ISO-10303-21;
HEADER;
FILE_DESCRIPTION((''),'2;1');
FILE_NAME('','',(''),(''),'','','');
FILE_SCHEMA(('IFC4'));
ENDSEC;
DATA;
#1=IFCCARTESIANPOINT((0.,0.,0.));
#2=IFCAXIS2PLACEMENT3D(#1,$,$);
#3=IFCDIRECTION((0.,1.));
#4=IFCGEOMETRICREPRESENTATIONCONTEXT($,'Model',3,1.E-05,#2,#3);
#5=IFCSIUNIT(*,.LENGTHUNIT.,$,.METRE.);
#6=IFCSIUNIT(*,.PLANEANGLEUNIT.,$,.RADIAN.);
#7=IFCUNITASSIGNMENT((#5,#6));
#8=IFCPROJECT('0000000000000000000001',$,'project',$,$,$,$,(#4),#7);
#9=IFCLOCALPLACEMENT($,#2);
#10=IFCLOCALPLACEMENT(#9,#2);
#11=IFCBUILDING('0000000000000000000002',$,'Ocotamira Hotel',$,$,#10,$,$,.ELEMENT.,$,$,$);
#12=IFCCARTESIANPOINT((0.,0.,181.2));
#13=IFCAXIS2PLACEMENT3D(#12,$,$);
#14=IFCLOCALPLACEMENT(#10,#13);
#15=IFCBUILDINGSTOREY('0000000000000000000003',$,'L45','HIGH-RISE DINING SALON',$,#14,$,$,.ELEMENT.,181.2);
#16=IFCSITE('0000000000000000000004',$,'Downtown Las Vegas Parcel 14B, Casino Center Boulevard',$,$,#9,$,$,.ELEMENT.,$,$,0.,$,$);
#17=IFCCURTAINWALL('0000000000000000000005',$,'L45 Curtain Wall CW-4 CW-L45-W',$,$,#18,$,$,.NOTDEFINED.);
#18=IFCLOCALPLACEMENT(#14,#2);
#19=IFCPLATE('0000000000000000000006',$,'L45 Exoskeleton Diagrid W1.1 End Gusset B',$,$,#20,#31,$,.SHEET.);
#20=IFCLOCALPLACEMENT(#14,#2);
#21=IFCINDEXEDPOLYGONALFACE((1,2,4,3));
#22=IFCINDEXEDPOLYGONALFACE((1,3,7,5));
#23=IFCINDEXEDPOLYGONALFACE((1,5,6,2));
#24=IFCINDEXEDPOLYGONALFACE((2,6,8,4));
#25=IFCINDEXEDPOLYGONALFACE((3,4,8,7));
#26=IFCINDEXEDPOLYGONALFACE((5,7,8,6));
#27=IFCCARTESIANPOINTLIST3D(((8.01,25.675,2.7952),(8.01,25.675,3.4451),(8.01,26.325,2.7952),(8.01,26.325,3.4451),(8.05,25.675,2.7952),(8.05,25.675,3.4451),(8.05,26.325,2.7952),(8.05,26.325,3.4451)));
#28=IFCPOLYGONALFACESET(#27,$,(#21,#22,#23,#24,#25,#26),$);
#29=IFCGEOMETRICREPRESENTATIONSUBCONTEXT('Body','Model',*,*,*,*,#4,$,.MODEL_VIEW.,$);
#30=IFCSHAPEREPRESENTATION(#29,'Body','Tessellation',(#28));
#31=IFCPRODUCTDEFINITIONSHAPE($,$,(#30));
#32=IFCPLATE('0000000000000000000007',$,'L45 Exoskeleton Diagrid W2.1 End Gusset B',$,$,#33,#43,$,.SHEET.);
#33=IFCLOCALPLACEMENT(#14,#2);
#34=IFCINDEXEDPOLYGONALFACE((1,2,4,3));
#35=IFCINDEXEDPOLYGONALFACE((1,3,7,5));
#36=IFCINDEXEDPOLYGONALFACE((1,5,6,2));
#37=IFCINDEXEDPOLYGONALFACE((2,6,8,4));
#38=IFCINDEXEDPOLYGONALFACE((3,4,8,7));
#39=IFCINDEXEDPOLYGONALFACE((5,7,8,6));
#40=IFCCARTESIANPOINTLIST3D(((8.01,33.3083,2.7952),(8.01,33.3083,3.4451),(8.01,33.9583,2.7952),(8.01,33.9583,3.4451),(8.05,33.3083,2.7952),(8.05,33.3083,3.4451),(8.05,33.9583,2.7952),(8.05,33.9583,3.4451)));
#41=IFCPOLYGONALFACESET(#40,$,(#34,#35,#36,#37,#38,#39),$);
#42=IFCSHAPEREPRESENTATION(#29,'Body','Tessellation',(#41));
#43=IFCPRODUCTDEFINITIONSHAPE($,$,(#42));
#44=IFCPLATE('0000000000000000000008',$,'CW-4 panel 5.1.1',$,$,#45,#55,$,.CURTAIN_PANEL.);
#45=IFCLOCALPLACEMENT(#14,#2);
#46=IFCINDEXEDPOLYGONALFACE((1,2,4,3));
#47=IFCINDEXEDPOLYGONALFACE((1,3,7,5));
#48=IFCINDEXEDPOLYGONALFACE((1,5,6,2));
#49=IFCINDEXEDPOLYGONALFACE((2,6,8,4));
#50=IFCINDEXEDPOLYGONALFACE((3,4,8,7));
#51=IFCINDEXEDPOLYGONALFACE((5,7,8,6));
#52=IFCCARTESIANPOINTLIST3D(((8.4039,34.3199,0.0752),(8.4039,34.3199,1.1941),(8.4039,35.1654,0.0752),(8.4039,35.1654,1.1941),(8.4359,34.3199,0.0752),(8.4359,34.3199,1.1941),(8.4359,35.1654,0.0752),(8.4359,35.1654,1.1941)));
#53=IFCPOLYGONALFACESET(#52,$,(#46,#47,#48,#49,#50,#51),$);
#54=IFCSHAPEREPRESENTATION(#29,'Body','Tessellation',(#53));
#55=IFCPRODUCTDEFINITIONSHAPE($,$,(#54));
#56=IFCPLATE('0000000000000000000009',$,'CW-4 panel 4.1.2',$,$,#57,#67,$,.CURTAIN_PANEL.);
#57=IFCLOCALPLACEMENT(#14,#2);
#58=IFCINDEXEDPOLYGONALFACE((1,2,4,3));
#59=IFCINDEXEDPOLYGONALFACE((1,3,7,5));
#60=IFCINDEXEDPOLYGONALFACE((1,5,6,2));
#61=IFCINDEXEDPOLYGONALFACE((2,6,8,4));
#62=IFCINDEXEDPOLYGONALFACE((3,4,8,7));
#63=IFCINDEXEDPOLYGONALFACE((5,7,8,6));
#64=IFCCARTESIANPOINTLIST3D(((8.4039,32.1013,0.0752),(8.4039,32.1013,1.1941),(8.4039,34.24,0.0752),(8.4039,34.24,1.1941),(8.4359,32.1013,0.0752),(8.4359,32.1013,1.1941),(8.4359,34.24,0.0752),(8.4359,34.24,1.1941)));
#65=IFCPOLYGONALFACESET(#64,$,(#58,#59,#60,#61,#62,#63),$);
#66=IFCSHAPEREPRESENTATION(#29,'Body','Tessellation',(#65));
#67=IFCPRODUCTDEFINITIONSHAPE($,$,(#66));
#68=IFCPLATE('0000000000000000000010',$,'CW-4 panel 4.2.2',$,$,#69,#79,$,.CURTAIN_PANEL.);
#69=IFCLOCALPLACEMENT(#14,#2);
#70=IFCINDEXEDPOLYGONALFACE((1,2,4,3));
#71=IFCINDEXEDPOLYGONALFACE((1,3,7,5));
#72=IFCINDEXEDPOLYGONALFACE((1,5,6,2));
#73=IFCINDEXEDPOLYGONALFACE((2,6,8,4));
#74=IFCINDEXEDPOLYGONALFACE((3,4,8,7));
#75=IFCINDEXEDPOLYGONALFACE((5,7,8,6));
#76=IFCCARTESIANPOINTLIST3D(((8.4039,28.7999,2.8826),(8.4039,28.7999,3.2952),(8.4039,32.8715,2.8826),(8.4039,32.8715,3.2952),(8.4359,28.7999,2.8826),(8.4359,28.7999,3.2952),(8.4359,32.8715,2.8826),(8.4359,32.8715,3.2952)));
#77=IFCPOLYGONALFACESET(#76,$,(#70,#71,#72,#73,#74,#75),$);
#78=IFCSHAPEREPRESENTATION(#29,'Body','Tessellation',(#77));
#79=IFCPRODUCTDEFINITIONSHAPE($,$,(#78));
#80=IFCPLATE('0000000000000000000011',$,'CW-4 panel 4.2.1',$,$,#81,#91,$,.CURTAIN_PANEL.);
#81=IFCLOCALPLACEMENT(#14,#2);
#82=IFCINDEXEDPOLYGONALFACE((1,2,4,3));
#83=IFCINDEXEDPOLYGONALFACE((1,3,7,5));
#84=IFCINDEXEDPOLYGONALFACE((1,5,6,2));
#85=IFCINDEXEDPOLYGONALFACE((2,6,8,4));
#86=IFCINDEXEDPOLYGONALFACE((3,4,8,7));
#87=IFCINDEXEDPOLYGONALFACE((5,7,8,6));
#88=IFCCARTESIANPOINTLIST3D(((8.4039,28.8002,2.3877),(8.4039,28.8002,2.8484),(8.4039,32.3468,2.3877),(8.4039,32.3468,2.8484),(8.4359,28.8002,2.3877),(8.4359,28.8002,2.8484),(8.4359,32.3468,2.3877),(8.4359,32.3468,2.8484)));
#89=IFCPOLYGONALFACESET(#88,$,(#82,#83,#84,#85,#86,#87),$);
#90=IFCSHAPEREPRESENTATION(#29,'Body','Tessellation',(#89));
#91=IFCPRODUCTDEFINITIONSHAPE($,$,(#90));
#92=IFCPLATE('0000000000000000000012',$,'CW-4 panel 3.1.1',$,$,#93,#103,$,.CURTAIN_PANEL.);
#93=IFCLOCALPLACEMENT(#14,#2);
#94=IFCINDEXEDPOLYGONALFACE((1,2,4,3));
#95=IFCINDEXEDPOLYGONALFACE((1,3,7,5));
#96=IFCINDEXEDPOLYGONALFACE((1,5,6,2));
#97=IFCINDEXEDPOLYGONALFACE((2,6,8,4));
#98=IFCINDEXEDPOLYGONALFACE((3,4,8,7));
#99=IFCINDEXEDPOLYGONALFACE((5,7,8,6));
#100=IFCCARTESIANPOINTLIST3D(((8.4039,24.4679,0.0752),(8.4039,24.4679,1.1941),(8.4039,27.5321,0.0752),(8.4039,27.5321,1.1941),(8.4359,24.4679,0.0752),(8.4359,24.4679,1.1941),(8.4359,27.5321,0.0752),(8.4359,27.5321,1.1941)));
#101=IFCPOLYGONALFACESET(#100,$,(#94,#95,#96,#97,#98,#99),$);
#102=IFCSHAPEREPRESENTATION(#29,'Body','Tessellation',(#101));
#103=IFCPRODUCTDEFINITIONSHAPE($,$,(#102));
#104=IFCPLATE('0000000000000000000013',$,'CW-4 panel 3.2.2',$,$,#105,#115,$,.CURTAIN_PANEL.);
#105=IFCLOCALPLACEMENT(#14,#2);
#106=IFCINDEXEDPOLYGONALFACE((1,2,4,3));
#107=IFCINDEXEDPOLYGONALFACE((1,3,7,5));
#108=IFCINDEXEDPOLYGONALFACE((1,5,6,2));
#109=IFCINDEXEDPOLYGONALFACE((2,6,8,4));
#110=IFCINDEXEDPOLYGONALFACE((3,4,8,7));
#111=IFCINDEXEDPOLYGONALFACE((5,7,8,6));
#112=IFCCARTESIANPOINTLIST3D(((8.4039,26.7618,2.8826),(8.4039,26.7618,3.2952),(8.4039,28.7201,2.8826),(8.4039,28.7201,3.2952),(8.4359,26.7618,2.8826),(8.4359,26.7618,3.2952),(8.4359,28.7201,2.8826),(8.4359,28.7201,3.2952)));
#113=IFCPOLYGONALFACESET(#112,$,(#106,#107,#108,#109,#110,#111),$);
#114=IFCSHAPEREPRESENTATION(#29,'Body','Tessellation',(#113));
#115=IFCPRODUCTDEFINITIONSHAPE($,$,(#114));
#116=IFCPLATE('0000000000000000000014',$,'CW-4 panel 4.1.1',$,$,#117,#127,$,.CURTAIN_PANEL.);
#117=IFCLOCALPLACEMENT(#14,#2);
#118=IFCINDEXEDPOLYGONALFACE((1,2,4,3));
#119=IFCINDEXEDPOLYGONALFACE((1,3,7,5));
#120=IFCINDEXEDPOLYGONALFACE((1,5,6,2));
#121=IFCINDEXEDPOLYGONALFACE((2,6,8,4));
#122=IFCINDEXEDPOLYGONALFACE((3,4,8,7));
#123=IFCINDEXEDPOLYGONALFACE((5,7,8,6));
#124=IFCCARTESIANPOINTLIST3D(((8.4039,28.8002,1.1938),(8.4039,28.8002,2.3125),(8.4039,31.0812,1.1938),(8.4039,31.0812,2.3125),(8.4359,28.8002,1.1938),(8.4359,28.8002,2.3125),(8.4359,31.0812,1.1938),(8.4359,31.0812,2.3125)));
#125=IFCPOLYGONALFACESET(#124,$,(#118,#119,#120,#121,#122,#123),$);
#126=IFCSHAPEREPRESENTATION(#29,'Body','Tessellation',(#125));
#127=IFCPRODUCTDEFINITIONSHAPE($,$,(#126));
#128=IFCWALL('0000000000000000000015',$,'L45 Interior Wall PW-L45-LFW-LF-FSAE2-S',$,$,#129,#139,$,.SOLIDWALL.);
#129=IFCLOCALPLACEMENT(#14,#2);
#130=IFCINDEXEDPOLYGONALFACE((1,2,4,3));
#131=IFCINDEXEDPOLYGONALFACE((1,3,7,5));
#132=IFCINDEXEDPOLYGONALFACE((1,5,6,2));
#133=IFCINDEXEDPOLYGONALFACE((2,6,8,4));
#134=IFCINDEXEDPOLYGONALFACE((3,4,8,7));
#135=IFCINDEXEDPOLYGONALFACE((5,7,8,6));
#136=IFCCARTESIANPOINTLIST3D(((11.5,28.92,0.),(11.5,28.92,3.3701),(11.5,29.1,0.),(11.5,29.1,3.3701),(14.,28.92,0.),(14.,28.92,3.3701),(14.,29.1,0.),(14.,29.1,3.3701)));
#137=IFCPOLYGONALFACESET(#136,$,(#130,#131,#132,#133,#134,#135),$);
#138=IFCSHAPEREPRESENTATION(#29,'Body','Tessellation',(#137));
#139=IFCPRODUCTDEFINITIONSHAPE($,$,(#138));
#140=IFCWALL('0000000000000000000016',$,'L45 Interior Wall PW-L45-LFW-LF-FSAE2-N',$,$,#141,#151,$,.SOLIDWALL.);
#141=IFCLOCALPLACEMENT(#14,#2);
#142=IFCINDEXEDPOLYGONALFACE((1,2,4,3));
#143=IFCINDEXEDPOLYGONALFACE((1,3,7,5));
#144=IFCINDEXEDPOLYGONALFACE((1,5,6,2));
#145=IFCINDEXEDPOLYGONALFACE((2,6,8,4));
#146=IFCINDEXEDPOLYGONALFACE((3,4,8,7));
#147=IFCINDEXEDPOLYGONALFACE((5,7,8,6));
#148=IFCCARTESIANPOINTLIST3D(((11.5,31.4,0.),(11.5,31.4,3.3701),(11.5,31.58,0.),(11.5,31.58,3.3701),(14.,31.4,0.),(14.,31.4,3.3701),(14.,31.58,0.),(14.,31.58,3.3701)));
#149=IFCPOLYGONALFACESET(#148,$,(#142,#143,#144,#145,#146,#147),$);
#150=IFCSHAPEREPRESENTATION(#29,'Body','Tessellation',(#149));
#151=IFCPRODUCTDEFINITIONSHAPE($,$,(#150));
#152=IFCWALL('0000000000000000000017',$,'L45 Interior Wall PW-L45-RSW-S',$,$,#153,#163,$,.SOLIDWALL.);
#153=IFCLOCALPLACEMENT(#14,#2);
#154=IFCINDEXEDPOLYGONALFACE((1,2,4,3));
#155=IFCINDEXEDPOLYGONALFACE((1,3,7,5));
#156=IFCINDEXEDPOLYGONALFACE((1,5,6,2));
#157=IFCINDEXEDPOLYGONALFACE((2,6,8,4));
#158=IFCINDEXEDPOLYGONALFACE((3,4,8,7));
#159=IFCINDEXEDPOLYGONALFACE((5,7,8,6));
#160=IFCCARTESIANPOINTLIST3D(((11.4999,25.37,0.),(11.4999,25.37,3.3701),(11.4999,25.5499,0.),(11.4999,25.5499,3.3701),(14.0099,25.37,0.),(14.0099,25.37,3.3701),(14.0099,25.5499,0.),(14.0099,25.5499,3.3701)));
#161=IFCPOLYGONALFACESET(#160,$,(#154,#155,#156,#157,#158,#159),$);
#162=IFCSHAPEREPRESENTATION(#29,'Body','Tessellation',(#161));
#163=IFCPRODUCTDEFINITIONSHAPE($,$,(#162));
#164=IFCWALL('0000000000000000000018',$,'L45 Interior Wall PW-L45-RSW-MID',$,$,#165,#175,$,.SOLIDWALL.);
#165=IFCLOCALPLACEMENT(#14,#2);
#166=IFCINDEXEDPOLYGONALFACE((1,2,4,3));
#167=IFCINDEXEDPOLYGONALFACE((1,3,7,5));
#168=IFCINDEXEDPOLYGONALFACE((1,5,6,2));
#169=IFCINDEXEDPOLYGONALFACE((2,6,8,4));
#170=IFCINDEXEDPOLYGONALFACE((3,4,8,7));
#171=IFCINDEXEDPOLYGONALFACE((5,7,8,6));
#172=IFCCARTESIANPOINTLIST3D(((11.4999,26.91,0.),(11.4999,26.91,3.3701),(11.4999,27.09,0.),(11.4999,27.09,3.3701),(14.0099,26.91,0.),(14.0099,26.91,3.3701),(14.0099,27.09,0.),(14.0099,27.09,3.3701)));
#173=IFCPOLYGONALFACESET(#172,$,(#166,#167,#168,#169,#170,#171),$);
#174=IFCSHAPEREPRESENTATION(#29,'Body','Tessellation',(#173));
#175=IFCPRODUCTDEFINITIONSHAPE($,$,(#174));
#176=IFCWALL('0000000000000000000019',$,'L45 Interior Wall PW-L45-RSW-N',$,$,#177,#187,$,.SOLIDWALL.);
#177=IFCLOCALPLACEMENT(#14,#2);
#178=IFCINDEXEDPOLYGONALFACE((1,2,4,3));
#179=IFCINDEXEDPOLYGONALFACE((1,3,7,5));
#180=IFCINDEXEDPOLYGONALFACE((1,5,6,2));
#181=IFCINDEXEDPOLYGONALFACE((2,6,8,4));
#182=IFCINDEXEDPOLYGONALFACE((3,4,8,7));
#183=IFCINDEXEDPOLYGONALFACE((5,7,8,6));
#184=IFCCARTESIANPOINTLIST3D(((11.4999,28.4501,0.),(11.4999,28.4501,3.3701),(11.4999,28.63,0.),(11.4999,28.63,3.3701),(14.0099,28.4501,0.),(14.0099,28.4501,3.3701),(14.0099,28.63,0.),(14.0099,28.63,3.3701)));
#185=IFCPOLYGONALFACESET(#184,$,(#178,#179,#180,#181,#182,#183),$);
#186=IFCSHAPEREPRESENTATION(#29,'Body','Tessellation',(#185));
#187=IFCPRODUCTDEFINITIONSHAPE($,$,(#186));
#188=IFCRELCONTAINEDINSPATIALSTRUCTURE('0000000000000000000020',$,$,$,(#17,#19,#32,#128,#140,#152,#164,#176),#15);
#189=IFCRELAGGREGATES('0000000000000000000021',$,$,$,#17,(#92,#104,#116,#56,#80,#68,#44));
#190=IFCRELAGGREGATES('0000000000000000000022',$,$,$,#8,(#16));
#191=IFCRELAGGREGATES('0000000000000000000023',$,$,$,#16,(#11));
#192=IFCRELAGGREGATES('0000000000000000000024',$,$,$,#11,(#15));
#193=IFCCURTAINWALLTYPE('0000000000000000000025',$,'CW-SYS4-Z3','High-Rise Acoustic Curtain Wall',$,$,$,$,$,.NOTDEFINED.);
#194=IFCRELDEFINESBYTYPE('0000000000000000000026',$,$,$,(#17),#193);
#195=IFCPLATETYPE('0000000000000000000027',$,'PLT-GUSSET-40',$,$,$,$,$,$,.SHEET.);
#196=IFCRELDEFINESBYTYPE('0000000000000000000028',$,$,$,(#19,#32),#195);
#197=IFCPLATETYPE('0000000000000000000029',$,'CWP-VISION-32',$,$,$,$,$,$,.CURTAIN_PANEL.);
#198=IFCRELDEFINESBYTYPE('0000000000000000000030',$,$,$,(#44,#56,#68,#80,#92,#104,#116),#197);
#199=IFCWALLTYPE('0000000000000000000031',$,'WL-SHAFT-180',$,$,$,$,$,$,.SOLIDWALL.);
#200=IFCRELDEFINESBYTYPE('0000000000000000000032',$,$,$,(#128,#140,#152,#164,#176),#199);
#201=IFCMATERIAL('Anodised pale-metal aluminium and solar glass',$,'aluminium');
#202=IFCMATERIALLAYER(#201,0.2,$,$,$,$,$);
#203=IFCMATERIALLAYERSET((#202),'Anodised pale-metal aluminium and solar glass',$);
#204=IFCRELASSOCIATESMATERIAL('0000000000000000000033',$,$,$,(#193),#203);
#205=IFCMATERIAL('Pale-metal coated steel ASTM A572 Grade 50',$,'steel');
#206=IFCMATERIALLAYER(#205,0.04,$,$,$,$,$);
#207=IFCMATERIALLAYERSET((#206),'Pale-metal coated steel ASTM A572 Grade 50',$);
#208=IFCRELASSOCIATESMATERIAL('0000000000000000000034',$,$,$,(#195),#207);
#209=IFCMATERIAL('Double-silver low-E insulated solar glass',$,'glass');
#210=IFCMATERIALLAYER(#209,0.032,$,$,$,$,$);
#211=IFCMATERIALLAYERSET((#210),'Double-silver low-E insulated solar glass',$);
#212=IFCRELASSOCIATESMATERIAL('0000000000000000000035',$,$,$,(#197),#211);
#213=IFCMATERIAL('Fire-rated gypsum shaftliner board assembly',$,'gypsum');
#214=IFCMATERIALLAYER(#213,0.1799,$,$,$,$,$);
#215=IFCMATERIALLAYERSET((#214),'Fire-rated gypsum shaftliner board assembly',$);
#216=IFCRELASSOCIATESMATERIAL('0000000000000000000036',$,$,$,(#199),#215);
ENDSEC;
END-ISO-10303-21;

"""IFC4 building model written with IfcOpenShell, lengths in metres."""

from ifc_helpers import new_model, si_unit, direction, frame, frame_2d, origin, origin_2d, place, context, subcontext, project, spatial, rectangle, extrude, source, transform, mapped, material, layer, layer_set, type_object, element, aggregate, save


model = new_model("IFC4")

# Units and contexts
model_context = context("Model", 3, precision=1e-05, world=origin(), true_north=direction((0.0, 1.0)))
body_context = subcontext(model_context, "Body", "Model", "MODEL_VIEW")
ifc_project = project(units=[si_unit("LENGTHUNIT", "METRE"), si_unit("PLANEANGLEUNIT", "RADIAN")], contexts=[model_context])

# Site, building, storey
site_placement = place(None, origin())
site = spatial("IfcSite", under=ifc_project, at=site_placement, Name="Downtown Las Vegas Parcel 14B, Casino Center Boulevard", CompositionType="ELEMENT", RefElevation=0.0)
building_placement = place(site_placement, origin())
building = spatial("IfcBuilding", under=site, at=building_placement, Name="Ocotamira Hotel", CompositionType="ELEMENT")
storey_placement = place(building_placement, frame((0.0, 0.0, 181.2)))
storey = spatial("IfcBuildingStorey", under=building, at=storey_placement, Name="L45", Description="HIGH-RISE DINING SALON", CompositionType="ELEMENT", Elevation=181.2)

# Curtain wall
ifc_material_1 = material(Name="Anodised pale-metal aluminium and solar glass", Category="aluminium")
ifc_layer_1 = layer(ifc_material_1, 0.2)
ifc_layer_set_1 = layer_set([ifc_layer_1], Name="Anodised pale-metal aluminium and solar glass")
curtain_wall_type = type_object("IfcCurtainWallType", Name="CW-SYS4-Z3", Description="High-Rise Acoustic Curtain Wall", PredefinedType="NOTDEFINED", material=ifc_layer_set_1)
curtain_wall_placement = place(storey_placement, origin())
curtain_wall = element("IfcCurtainWall", 1, at=curtain_wall_placement, inside=storey, type_object=curtain_wall_type, Name="L45 Curtain Wall CW-4 CW-L45-W", PredefinedType="NOTDEFINED")

# Plates
ifc_material_2 = material(Name="Pale-metal coated steel ASTM A572 Grade 50", Category="steel")
ifc_layer_2 = layer(ifc_material_2, 0.04)
ifc_layer_set_2 = layer_set([ifc_layer_2], Name="Pale-metal coated steel ASTM A572 Grade 50")
plate_type_1 = type_object("IfcPlateType", Name="PLT-GUSSET-40", PredefinedType="SHEET", material=ifc_layer_set_2)
shared_shape_1 = source(origin(), body_context, "Body", "SweptSolid", [
    extrude(rectangle(XDim=0.04, YDim=0.6499, at=origin_2d()), origin(), (0.0, 0.0, 1.0), 0.6499),
])
for number, where, z_axis, x_axis, name in (
    (2, (8.03, 26.0, 2.7952), (0.0, 0.0, 1.0), (1.0, 0.0, 0.0), "L45 Exoskeleton Diagrid W1.1 End Gusset B"),
    (3, (8.03, 33.6333, 2.7952), (0.0, 0.0, 1.0), (1.0, 0.0, 0.0), "L45 Exoskeleton Diagrid W2.1 End Gusset B"),
):
    element("IfcPlate", number, at=place(storey_placement, frame(where, z_axis=z_axis, x_axis=x_axis)), inside=storey, type_object=plate_type_1, Name=name, PredefinedType="SHEET", context=body_context, shape_type="MappedRepresentation", body=[
        mapped(shared_shape_1, transform((0.0, 0.0, 0.0), scale=1.0)),
    ])

# Plates
ifc_material_3 = material(Name="Double-silver low-E insulated solar glass", Category="glass")
ifc_layer_3 = layer(ifc_material_3, 0.032)
ifc_layer_set_3 = layer_set([ifc_layer_3], Name="Double-silver low-E insulated solar glass")
plate_type_2 = type_object("IfcPlateType", Name="CWP-VISION-32", PredefinedType="CURTAIN_PANEL", material=ifc_layer_set_3)
shared_shape_2 = source(origin(), body_context, "Body", "SweptSolid", [
    extrude(rectangle(XDim=0.8455, YDim=0.032, at=origin_2d()), origin(), (0.0, 0.0, 1.0), 1.1189),
])
plate_1_placement = place(storey_placement, frame((8.4199, 34.7427, 0.0752), z_axis=(0.0, 0.0, 1.0), x_axis=(0.0, 1.0, 0.0)))
plate_1 = element("IfcPlate", 4, at=plate_1_placement, type_object=plate_type_2, Name="CW-4 panel 5.1.1", PredefinedType="CURTAIN_PANEL", context=body_context, shape_type="MappedRepresentation", body=[
    mapped(shared_shape_2, transform((0.0, 0.0, 0.0), scale=1.0)),
])
shared_shape_3 = source(origin(), body_context, "Body", "SweptSolid", [
    extrude(rectangle(XDim=2.1387, YDim=0.032, at=origin_2d()), origin(), (0.0, 0.0, 1.0), 1.1189),
])
plate_2_placement = place(storey_placement, frame((8.4199, 33.1707, 0.0752), z_axis=(0.0, 0.0, 1.0), x_axis=(0.0, 1.0, 0.0)))
plate_2 = element("IfcPlate", 5, at=plate_2_placement, type_object=plate_type_2, Name="CW-4 panel 4.1.2", PredefinedType="CURTAIN_PANEL", context=body_context, shape_type="MappedRepresentation", body=[
    mapped(shared_shape_3, transform((0.0, 0.0, 0.0), scale=1.0)),
])
shared_shape_4 = source(origin(), body_context, "Body", "SweptSolid", [
    extrude(rectangle(XDim=4.0715, YDim=0.032, at=origin_2d()), origin(), (0.0, 0.0, 1.0), 0.4126),
])
plate_3_placement = place(storey_placement, frame((8.4199, 30.8357, 2.8826), z_axis=(0.0, 0.0, 1.0), x_axis=(0.0, 1.0, 0.0)))
plate_3 = element("IfcPlate", 6, at=plate_3_placement, type_object=plate_type_2, Name="CW-4 panel 4.2.2", PredefinedType="CURTAIN_PANEL", context=body_context, shape_type="MappedRepresentation", body=[
    mapped(shared_shape_4, transform((0.0, 0.0, 0.0), scale=1.0)),
])
shared_shape_5 = source(origin(), body_context, "Body", "SweptSolid", [
    extrude(rectangle(XDim=3.5466, YDim=0.032, at=origin_2d()), origin(), (0.0, 0.0, 1.0), 0.4607),
])
plate_4_placement = place(storey_placement, frame((8.4199, 30.5735, 2.3877), z_axis=(0.0, 0.0, 1.0), x_axis=(0.0, 1.0, 0.0)))
plate_4 = element("IfcPlate", 7, at=plate_4_placement, type_object=plate_type_2, Name="CW-4 panel 4.2.1", PredefinedType="CURTAIN_PANEL", context=body_context, shape_type="MappedRepresentation", body=[
    mapped(shared_shape_5, transform((0.0, 0.0, 0.0), scale=1.0)),
])
shared_shape_6 = source(origin(), body_context, "Body", "SweptSolid", [
    extrude(rectangle(XDim=3.0642, YDim=0.032, at=origin_2d()), origin(), (0.0, 0.0, 1.0), 1.1189),
])
plate_5_placement = place(storey_placement, frame((8.4199, 26.0, 0.0752), z_axis=(0.0, 0.0, 1.0), x_axis=(0.0, 1.0, 0.0)))
plate_5 = element("IfcPlate", 8, at=plate_5_placement, type_object=plate_type_2, Name="CW-4 panel 3.1.1", PredefinedType="CURTAIN_PANEL", context=body_context, shape_type="MappedRepresentation", body=[
    mapped(shared_shape_6, transform((0.0, 0.0, 0.0), scale=1.0)),
])
shared_shape_7 = source(origin(), body_context, "Body", "SweptSolid", [
    extrude(rectangle(XDim=1.9583, YDim=0.032, at=origin_2d()), origin(), (0.0, 0.0, 1.0), 0.4126),
])
plate_6_placement = place(storey_placement, frame((8.4199, 27.741, 2.8826), z_axis=(0.0, 0.0, 1.0), x_axis=(0.0, 1.0, 0.0)))
plate_6 = element("IfcPlate", 9, at=plate_6_placement, type_object=plate_type_2, Name="CW-4 panel 3.2.2", PredefinedType="CURTAIN_PANEL", context=body_context, shape_type="MappedRepresentation", body=[
    mapped(shared_shape_7, transform((0.0, 0.0, 0.0), scale=1.0)),
])
shared_shape_8 = source(origin(), body_context, "Body", "SweptSolid", [
    extrude(rectangle(XDim=2.281, YDim=0.032, at=origin_2d()), origin(), (0.0, 0.0, 1.0), 1.1187),
])
plate_7_placement = place(storey_placement, frame((8.4199, 29.9407, 1.1938), z_axis=(0.0, 0.0, 1.0), x_axis=(0.0, 1.0, 0.0)))
plate_7 = element("IfcPlate", 10, at=plate_7_placement, type_object=plate_type_2, Name="CW-4 panel 4.1.1", PredefinedType="CURTAIN_PANEL", context=body_context, shape_type="MappedRepresentation", body=[
    mapped(shared_shape_8, transform((0.0, 0.0, 0.0), scale=1.0)),
])
aggregate(curtain_wall, [plate_5, plate_6, plate_7, plate_2, plate_4, plate_3, plate_1])

# Walls
ifc_material_4 = material(Name="Fire-rated gypsum shaftliner board assembly", Category="gypsum")
ifc_layer_4 = layer(ifc_material_4, 0.1799)
ifc_layer_set_4 = layer_set([ifc_layer_4], Name="Fire-rated gypsum shaftliner board assembly")
wall_type_1 = type_object("IfcWallType", Name="WL-SHAFT-180", PredefinedType="SOLIDWALL", material=ifc_layer_set_4)
for number, where, z_axis, x_axis, name in (
    (11, (11.5, 29.01, 0.0), (0.0, 0.0, 1.0), (1.0, 0.0, 0.0), "L45 Interior Wall PW-L45-LFW-LF-FSAE2-S"),
    (12, (11.5, 31.49, 0.0), (0.0, 0.0, 1.0), (1.0, 0.0, 0.0), "L45 Interior Wall PW-L45-LFW-LF-FSAE2-N"),
):
    element("IfcWall", number, at=place(storey_placement, frame(where, z_axis=z_axis, x_axis=x_axis)), inside=storey, type_object=wall_type_1, Name=name, PredefinedType="SOLIDWALL", context=body_context, shape_type="SweptSolid", body=[
        extrude(rectangle(XDim=2.5, YDim=0.1799, at=frame_2d((1.25, 0.0))), origin(), (0.0, 0.0, 1.0), 3.3701),
    ])
for number, where, z_axis, x_axis, name in (
    (13, (11.5, 25.46, 0.0), (0.0, 0.0, 1.0), (1.0, 0.0, 0.0), "L45 Interior Wall PW-L45-RSW-S"),
    (14, (11.5, 27.0, 0.0), (0.0, 0.0, 1.0), (1.0, 0.0, 0.0), "L45 Interior Wall PW-L45-RSW-MID"),
    (15, (11.5, 28.54, 0.0), (0.0, 0.0, 1.0), (1.0, 0.0, 0.0), "L45 Interior Wall PW-L45-RSW-N"),
):
    element("IfcWall", number, at=place(storey_placement, frame(where, z_axis=z_axis, x_axis=x_axis)), inside=storey, type_object=wall_type_1, Name=name, PredefinedType="SOLIDWALL", context=body_context, shape_type="SweptSolid", body=[
        extrude(rectangle(XDim=2.51, YDim=0.1799, at=frame_2d((1.2549, 0.0))), origin(), (0.0, 0.0, 1.0), 3.3701),
    ])

save(model, "model.ifc")
